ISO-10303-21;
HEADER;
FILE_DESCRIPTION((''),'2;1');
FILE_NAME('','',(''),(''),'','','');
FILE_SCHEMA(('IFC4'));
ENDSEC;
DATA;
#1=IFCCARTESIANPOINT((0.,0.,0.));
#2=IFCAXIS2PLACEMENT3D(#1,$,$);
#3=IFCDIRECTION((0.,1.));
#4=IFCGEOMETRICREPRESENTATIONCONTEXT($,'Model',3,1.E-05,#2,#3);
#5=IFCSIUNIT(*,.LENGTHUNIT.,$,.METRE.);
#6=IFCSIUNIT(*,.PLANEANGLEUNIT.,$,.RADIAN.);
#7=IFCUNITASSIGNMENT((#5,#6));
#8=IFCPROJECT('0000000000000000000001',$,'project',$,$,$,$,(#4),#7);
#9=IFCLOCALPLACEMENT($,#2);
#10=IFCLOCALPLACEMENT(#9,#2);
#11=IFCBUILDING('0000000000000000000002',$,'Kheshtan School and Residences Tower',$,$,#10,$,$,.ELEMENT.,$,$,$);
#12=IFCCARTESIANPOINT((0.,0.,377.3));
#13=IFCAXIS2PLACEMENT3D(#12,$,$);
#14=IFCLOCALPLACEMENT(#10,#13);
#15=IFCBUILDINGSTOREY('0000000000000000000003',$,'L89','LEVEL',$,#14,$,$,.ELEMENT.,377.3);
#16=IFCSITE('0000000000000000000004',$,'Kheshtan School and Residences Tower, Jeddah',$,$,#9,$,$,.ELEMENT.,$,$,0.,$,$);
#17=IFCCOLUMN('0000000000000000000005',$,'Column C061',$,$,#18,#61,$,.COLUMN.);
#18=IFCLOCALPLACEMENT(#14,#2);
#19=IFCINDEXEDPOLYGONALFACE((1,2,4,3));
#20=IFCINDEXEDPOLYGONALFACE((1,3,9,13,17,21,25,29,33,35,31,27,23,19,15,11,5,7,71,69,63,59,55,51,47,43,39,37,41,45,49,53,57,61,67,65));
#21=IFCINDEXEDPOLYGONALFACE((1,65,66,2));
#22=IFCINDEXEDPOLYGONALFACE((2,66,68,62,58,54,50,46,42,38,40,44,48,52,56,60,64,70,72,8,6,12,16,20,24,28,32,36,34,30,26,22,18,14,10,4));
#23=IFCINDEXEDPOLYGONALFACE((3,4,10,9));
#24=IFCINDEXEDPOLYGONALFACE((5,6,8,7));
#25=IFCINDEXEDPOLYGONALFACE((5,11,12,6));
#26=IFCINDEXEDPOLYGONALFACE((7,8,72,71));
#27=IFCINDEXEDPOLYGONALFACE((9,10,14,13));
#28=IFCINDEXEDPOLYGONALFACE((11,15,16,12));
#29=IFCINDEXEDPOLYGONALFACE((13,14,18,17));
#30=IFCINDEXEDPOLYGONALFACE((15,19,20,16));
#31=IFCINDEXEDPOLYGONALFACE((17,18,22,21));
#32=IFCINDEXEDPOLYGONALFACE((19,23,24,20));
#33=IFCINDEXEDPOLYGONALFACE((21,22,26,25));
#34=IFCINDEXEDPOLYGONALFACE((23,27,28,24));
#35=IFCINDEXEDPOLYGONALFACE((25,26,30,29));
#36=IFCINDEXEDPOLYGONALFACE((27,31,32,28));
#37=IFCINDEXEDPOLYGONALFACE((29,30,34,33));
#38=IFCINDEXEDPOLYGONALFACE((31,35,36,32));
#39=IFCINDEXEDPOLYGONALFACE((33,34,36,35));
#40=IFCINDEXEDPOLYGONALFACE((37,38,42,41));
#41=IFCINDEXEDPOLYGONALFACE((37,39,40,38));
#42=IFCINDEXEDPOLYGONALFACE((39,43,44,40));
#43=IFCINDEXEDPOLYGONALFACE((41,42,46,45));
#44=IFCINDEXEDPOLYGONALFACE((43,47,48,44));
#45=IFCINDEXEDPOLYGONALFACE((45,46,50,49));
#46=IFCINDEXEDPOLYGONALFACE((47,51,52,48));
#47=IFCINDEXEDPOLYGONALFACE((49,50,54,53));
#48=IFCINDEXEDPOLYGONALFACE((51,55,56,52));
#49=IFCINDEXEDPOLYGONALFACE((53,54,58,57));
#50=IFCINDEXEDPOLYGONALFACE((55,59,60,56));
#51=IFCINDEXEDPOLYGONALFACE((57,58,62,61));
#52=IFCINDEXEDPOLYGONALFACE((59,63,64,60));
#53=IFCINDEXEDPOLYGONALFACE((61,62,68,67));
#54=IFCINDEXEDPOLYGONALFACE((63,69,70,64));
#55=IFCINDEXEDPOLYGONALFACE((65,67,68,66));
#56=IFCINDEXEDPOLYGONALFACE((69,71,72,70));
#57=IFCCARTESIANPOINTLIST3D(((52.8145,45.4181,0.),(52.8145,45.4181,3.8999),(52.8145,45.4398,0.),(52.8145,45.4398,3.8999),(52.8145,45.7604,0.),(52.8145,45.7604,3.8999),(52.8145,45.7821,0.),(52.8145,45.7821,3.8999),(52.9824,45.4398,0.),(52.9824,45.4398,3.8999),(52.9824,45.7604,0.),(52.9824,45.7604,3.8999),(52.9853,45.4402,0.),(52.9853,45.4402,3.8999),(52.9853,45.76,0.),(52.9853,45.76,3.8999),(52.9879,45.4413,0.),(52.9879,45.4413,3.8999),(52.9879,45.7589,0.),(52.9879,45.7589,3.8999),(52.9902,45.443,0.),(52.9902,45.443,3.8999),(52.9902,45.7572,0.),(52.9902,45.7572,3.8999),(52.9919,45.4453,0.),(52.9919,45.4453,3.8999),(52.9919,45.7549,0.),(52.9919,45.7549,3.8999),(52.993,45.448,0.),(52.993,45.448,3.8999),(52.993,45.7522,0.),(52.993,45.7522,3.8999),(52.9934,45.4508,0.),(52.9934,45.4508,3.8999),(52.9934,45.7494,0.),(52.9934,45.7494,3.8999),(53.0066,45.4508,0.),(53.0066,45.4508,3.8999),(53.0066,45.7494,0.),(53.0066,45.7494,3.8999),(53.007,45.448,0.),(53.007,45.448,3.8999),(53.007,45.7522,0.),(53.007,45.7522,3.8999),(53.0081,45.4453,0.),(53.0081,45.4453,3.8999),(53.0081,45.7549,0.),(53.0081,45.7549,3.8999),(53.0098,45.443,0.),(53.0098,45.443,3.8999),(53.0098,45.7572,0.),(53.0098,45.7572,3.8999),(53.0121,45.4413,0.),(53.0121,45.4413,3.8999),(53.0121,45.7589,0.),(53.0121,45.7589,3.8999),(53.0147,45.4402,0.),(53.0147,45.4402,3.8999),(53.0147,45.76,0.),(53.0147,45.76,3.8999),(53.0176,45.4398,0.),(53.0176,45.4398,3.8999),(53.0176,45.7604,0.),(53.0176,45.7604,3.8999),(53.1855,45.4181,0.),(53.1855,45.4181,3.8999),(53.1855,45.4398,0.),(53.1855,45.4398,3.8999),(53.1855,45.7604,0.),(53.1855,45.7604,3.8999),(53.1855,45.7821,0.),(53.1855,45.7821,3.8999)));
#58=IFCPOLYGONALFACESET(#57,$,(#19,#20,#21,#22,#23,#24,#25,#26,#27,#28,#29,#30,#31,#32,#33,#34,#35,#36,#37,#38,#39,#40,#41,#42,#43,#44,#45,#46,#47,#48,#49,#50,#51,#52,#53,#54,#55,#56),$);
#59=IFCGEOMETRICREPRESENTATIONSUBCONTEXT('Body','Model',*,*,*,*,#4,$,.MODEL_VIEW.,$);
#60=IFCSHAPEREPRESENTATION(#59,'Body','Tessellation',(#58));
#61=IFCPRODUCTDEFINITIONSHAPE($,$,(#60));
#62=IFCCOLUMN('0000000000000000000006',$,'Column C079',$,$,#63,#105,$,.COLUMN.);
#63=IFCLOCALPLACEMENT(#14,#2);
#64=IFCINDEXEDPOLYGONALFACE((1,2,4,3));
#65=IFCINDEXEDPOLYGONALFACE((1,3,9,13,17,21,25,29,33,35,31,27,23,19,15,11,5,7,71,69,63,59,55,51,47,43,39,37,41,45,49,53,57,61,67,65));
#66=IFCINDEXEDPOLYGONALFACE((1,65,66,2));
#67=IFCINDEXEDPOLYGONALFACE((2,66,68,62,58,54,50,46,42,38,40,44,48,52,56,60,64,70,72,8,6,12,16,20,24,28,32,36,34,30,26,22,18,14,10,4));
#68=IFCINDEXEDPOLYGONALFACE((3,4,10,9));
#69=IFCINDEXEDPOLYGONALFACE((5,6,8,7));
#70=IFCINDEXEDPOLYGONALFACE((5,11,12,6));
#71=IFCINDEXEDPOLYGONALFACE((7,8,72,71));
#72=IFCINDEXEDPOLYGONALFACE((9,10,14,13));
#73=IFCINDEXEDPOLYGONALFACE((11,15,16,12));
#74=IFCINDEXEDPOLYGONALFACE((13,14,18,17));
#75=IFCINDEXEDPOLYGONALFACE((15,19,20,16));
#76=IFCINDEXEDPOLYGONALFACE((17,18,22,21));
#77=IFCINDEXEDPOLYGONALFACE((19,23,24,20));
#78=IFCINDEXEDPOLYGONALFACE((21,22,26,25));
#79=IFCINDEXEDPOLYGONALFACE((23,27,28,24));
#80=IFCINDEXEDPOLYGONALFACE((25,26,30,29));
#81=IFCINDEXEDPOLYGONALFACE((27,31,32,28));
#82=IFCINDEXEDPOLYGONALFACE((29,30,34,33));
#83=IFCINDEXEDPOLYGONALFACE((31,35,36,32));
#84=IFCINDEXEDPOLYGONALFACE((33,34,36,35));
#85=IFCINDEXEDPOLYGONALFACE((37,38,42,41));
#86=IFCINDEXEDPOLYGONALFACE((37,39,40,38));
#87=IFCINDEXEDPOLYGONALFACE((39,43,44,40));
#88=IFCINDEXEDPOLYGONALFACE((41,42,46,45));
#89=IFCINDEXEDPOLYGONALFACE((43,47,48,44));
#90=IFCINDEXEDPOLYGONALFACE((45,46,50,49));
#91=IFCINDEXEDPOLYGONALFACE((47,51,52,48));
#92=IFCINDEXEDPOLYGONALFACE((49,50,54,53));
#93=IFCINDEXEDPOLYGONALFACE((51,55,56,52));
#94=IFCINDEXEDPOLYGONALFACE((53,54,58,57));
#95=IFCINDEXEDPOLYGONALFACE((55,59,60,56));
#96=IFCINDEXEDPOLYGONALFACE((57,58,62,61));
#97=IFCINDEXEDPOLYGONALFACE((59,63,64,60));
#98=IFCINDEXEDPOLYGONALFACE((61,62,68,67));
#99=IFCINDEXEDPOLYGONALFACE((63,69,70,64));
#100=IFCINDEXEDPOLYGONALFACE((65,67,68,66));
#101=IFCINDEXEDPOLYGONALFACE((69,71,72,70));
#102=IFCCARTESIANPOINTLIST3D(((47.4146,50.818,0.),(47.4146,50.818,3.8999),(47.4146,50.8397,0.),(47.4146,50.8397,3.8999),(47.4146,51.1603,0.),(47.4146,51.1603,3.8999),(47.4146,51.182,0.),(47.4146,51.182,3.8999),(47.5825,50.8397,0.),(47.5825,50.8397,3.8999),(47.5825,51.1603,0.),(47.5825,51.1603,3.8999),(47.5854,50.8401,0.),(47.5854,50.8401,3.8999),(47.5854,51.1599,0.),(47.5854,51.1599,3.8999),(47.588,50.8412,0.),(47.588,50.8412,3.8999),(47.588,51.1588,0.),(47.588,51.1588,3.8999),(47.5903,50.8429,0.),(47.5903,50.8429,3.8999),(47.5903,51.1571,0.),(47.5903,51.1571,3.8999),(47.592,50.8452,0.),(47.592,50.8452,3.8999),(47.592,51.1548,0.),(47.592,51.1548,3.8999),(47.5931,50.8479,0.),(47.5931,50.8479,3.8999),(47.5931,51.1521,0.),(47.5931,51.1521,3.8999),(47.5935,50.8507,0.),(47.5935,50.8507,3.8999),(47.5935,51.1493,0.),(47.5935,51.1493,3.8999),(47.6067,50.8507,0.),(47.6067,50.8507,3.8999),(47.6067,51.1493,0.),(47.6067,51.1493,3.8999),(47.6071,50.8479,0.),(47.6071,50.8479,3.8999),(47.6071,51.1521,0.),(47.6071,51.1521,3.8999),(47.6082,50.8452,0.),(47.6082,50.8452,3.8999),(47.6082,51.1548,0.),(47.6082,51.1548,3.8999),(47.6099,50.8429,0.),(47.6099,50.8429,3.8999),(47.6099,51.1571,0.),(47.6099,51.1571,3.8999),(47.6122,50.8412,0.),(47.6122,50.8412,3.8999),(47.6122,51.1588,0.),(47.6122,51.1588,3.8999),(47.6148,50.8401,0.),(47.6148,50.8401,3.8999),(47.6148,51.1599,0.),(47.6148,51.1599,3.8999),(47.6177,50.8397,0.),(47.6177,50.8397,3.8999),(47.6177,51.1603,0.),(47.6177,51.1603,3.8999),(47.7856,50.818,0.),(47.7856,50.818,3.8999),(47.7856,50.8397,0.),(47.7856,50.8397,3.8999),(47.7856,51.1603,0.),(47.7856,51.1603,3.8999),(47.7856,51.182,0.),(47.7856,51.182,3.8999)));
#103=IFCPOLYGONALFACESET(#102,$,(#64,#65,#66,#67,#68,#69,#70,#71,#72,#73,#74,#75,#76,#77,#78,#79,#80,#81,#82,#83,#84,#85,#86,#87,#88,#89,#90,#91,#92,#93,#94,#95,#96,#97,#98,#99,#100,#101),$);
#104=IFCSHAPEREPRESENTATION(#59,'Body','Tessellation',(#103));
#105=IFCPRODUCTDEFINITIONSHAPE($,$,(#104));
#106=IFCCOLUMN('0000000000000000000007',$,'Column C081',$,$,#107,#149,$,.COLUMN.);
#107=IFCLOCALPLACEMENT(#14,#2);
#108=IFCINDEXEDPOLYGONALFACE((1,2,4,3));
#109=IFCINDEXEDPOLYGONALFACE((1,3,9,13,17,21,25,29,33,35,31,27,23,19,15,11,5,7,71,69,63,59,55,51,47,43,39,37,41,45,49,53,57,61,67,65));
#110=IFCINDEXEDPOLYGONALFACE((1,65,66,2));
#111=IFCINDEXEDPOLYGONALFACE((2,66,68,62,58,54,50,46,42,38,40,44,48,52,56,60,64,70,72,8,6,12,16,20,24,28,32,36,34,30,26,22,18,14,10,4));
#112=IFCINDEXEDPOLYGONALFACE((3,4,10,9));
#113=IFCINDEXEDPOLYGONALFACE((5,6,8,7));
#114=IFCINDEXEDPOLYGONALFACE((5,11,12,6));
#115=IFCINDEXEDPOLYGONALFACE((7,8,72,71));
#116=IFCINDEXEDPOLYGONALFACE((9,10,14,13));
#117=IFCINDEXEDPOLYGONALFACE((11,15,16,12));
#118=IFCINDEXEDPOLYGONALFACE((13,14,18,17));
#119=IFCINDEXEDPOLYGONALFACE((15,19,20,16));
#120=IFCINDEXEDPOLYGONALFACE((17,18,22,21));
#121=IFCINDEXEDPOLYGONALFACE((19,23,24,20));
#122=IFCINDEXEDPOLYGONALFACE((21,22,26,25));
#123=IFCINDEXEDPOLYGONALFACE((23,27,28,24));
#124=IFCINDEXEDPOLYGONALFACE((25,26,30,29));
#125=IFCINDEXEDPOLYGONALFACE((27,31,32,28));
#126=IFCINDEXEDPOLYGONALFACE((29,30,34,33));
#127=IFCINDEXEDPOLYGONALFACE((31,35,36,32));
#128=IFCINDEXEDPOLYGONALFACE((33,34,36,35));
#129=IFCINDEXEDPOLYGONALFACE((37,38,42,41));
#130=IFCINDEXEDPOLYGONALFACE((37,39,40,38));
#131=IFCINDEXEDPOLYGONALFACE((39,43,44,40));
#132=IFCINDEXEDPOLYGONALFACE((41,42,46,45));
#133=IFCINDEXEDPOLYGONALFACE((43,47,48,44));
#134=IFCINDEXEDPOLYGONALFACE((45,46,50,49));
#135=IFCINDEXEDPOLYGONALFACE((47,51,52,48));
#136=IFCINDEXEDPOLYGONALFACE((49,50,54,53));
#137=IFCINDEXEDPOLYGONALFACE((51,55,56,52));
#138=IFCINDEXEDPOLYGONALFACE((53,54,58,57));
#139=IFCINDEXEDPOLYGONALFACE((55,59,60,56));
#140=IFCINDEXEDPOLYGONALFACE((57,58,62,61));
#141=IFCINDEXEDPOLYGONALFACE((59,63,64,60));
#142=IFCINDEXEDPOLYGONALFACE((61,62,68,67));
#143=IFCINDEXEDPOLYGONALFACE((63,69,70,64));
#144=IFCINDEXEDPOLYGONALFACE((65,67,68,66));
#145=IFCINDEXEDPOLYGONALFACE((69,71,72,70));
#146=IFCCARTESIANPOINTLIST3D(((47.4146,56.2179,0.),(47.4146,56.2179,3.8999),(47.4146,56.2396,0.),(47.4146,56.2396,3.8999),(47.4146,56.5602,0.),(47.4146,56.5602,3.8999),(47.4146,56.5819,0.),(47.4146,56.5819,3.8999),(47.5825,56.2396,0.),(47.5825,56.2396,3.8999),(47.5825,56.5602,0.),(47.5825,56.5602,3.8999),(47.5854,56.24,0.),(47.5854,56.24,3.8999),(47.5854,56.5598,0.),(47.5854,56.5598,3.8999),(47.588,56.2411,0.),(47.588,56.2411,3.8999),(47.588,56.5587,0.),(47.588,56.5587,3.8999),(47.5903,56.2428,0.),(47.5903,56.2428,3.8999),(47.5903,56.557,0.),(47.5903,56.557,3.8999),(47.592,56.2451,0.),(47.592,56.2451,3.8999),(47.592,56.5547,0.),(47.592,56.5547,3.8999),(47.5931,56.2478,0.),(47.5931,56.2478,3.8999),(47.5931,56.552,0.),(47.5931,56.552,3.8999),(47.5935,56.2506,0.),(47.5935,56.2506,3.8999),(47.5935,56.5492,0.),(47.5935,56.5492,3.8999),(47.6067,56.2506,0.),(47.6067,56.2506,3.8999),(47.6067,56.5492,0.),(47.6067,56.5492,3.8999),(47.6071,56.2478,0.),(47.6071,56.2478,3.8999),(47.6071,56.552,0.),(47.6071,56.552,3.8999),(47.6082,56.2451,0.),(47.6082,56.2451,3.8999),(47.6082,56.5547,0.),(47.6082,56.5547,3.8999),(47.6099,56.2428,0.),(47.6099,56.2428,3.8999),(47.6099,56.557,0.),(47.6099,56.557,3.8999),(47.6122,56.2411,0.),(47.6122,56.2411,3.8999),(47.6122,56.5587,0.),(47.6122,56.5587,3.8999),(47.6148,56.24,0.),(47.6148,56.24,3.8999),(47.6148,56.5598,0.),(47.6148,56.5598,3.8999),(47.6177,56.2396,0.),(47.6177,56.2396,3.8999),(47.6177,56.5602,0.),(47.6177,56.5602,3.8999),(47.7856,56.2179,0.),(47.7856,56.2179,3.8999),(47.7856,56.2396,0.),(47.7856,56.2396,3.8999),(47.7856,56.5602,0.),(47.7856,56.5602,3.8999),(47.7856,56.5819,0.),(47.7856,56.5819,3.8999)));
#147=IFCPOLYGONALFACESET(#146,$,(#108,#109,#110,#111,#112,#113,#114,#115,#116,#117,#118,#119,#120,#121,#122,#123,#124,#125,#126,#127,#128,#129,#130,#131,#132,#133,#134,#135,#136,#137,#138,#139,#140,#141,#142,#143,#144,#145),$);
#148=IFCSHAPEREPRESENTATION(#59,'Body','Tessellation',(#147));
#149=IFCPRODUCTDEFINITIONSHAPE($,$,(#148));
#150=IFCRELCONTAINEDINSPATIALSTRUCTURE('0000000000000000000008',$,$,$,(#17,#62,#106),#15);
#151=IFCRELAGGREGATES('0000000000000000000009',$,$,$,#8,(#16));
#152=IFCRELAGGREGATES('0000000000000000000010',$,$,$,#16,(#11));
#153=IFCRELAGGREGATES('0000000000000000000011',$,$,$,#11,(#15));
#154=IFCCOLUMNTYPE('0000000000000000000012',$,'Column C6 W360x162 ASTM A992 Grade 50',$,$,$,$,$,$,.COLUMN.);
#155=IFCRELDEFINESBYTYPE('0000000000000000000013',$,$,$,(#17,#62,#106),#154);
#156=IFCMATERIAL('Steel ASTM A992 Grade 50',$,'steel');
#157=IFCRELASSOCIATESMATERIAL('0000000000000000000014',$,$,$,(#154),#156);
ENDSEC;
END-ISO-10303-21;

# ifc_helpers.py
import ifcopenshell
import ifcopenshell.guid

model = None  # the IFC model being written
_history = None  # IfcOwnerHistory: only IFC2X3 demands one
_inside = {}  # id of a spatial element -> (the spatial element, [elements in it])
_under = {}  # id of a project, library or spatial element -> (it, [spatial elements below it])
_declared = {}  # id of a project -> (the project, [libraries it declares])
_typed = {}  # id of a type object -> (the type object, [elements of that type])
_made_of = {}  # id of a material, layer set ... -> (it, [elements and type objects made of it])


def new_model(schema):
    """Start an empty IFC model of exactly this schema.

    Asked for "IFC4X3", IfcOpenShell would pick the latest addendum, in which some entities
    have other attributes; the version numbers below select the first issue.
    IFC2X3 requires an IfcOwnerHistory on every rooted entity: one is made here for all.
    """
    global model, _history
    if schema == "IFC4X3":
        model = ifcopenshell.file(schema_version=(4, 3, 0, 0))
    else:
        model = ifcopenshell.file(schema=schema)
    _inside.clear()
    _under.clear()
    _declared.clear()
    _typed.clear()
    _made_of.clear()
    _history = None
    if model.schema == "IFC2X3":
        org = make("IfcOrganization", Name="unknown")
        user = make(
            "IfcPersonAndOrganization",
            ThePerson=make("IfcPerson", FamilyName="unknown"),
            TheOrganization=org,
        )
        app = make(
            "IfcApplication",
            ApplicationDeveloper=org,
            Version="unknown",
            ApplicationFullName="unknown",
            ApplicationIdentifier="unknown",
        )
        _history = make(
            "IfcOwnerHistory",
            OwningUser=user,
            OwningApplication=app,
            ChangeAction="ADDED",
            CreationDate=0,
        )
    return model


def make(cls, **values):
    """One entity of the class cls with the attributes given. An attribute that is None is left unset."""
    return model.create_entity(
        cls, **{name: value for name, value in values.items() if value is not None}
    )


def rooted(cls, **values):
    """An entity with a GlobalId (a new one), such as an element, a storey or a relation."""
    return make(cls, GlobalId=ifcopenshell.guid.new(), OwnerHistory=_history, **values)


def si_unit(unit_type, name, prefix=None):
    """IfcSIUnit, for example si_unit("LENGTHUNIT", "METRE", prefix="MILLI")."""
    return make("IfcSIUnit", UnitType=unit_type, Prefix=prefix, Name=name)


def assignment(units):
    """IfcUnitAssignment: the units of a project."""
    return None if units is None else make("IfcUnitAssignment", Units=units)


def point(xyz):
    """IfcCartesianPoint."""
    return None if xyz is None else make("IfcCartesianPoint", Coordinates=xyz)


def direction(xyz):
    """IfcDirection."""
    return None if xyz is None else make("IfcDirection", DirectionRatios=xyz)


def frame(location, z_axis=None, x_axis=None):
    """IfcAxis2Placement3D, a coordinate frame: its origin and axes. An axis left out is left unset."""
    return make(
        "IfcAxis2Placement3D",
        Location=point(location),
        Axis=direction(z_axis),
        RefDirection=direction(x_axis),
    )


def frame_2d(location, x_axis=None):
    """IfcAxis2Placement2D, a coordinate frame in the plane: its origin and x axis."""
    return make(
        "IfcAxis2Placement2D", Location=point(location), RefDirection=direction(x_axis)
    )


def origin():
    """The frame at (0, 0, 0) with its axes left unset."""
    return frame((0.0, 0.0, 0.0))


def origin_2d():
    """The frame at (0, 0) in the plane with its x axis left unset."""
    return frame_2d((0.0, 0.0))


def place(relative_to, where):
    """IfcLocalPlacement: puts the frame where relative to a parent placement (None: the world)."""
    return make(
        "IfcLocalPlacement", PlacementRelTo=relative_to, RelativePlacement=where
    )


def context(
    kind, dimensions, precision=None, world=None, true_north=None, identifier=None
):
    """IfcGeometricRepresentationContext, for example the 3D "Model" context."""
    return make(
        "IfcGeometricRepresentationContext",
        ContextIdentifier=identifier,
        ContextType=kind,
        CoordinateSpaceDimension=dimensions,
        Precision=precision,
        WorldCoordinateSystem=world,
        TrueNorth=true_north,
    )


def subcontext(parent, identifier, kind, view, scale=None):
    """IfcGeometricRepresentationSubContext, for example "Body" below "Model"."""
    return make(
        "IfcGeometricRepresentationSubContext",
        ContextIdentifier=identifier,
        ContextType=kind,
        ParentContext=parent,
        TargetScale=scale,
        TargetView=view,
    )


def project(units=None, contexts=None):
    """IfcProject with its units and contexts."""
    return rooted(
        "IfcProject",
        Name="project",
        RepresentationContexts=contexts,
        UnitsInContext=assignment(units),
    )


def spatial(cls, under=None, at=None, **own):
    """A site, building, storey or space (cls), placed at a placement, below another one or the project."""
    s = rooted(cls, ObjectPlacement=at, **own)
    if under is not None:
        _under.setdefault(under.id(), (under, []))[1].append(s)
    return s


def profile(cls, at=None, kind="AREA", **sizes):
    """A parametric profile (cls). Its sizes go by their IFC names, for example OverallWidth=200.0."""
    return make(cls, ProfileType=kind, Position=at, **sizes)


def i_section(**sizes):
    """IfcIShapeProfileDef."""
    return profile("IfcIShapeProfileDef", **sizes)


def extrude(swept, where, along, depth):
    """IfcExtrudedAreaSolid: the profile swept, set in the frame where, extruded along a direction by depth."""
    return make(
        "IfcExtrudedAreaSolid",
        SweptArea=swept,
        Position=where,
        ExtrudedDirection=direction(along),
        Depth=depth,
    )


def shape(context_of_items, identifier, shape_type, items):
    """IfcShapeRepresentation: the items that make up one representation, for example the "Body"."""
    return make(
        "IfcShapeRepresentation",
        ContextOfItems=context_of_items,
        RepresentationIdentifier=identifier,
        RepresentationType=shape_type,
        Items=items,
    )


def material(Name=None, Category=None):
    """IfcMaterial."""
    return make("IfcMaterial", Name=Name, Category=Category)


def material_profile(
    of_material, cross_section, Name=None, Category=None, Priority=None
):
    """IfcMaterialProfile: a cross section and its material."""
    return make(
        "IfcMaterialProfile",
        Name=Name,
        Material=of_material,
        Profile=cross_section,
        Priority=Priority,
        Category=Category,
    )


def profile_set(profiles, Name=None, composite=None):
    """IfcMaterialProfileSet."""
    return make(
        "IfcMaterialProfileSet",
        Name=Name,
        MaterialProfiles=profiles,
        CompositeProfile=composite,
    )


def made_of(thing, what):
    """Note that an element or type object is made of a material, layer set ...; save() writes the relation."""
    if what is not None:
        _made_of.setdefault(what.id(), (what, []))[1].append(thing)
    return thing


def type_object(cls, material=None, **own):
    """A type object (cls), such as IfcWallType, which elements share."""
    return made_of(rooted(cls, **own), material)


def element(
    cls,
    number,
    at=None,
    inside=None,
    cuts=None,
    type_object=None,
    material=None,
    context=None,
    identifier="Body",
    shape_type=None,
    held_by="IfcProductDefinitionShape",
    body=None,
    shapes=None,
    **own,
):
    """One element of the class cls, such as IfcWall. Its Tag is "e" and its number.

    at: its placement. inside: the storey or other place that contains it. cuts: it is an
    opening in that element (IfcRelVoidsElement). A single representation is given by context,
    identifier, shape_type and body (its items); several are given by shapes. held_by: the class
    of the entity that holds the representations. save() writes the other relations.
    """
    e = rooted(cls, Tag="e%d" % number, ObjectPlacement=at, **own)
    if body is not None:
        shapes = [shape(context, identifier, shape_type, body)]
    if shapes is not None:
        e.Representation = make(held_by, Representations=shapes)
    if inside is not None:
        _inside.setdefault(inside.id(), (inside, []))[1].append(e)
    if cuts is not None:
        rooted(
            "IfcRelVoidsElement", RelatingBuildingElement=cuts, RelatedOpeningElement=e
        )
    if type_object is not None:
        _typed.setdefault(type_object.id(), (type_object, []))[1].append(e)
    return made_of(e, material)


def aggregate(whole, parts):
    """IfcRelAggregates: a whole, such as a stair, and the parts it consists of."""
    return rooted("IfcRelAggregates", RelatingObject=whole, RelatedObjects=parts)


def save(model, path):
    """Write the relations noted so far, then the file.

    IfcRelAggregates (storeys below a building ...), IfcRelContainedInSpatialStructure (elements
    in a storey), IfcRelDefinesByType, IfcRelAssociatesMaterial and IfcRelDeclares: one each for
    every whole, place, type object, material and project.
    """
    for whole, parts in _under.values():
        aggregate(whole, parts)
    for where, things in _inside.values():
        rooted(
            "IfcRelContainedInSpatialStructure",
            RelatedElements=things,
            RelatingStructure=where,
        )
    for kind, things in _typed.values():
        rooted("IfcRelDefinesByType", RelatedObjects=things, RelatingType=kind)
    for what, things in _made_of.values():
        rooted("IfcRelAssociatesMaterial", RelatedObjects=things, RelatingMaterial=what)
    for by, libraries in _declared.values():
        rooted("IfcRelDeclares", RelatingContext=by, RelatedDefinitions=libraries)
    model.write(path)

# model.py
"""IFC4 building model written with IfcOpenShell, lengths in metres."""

from ifc_helpers import new_model, si_unit, direction, frame, origin, origin_2d, place, context, subcontext, project, spatial, i_section, extrude, material, material_profile, profile_set, type_object, element, save


model = new_model("IFC4")

# Units and contexts
model_context = context("Model", 3, precision=1e-05, world=origin(), true_north=direction((0.0, 1.0)))
body_context = subcontext(model_context, "Body", "Model", "MODEL_VIEW")
ifc_project = project(units=[si_unit("LENGTHUNIT", "METRE"), si_unit("PLANEANGLEUNIT", "RADIAN")], contexts=[model_context])

# Site, building, storey
site_placement = place(None, origin())
site = spatial("IfcSite", under=ifc_project, at=site_placement, Name="Kheshtan School and Residences Tower, Jeddah", CompositionType="ELEMENT", RefElevation=0.0)
building_placement = place(site_placement, origin())
building = spatial("IfcBuilding", under=site, at=building_placement, Name="Kheshtan School and Residences Tower", CompositionType="ELEMENT")
storey_placement = place(building_placement, frame((0.0, 0.0, 377.3)))
storey = spatial("IfcBuildingStorey", under=building, at=storey_placement, Name="L89", Description="LEVEL", CompositionType="ELEMENT", Elevation=377.3)

# Columns
ifc_material_1 = material(Name="Steel ASTM A992 Grade 50", Category="steel")
ifc_material_profile_1 = material_profile(ifc_material_1, i_section(OverallWidth=0.3711, OverallDepth=0.364, WebThickness=0.0132, FlangeThickness=0.0217, FilletRadius=0.011, at=origin_2d()), Name="W360x162")
ifc_profile_set_1 = profile_set([ifc_material_profile_1], Name="Steel ASTM A992 Grade 50")
column_type_1 = type_object("IfcColumnType", Name="Column C6 W360x162 ASTM A992 Grade 50", PredefinedType="COLUMN", material=ifc_profile_set_1)
for number, where, z_axis, x_axis, name in (
    (1, (53.0, 45.6001, 0.0), (0.0, 0.0, 1.0), (1.0, 0.0, 0.0), "Column C061"),
    (2, (47.6001, 51.0, 0.0), (0.0, 0.0, 1.0), (1.0, 0.0, 0.0), "Column C079"),
    (3, (47.6001, 56.3999, 0.0), (0.0, 0.0, 1.0), (1.0, 0.0, 0.0), "Column C081"),
):
    element("IfcColumn", number, at=place(storey_placement, frame(where, z_axis=z_axis, x_axis=x_axis)), inside=storey, type_object=column_type_1, Name=name, PredefinedType="COLUMN", context=body_context, shape_type="SweptSolid", body=[
        extrude(i_section(OverallWidth=0.3711, OverallDepth=0.364, WebThickness=0.0132, FlangeThickness=0.0217, FilletRadius=0.011, at=origin_2d()), origin(), (0.0, 0.0, 1.0), 3.8999),
    ])

save(model, "model.ifc")
